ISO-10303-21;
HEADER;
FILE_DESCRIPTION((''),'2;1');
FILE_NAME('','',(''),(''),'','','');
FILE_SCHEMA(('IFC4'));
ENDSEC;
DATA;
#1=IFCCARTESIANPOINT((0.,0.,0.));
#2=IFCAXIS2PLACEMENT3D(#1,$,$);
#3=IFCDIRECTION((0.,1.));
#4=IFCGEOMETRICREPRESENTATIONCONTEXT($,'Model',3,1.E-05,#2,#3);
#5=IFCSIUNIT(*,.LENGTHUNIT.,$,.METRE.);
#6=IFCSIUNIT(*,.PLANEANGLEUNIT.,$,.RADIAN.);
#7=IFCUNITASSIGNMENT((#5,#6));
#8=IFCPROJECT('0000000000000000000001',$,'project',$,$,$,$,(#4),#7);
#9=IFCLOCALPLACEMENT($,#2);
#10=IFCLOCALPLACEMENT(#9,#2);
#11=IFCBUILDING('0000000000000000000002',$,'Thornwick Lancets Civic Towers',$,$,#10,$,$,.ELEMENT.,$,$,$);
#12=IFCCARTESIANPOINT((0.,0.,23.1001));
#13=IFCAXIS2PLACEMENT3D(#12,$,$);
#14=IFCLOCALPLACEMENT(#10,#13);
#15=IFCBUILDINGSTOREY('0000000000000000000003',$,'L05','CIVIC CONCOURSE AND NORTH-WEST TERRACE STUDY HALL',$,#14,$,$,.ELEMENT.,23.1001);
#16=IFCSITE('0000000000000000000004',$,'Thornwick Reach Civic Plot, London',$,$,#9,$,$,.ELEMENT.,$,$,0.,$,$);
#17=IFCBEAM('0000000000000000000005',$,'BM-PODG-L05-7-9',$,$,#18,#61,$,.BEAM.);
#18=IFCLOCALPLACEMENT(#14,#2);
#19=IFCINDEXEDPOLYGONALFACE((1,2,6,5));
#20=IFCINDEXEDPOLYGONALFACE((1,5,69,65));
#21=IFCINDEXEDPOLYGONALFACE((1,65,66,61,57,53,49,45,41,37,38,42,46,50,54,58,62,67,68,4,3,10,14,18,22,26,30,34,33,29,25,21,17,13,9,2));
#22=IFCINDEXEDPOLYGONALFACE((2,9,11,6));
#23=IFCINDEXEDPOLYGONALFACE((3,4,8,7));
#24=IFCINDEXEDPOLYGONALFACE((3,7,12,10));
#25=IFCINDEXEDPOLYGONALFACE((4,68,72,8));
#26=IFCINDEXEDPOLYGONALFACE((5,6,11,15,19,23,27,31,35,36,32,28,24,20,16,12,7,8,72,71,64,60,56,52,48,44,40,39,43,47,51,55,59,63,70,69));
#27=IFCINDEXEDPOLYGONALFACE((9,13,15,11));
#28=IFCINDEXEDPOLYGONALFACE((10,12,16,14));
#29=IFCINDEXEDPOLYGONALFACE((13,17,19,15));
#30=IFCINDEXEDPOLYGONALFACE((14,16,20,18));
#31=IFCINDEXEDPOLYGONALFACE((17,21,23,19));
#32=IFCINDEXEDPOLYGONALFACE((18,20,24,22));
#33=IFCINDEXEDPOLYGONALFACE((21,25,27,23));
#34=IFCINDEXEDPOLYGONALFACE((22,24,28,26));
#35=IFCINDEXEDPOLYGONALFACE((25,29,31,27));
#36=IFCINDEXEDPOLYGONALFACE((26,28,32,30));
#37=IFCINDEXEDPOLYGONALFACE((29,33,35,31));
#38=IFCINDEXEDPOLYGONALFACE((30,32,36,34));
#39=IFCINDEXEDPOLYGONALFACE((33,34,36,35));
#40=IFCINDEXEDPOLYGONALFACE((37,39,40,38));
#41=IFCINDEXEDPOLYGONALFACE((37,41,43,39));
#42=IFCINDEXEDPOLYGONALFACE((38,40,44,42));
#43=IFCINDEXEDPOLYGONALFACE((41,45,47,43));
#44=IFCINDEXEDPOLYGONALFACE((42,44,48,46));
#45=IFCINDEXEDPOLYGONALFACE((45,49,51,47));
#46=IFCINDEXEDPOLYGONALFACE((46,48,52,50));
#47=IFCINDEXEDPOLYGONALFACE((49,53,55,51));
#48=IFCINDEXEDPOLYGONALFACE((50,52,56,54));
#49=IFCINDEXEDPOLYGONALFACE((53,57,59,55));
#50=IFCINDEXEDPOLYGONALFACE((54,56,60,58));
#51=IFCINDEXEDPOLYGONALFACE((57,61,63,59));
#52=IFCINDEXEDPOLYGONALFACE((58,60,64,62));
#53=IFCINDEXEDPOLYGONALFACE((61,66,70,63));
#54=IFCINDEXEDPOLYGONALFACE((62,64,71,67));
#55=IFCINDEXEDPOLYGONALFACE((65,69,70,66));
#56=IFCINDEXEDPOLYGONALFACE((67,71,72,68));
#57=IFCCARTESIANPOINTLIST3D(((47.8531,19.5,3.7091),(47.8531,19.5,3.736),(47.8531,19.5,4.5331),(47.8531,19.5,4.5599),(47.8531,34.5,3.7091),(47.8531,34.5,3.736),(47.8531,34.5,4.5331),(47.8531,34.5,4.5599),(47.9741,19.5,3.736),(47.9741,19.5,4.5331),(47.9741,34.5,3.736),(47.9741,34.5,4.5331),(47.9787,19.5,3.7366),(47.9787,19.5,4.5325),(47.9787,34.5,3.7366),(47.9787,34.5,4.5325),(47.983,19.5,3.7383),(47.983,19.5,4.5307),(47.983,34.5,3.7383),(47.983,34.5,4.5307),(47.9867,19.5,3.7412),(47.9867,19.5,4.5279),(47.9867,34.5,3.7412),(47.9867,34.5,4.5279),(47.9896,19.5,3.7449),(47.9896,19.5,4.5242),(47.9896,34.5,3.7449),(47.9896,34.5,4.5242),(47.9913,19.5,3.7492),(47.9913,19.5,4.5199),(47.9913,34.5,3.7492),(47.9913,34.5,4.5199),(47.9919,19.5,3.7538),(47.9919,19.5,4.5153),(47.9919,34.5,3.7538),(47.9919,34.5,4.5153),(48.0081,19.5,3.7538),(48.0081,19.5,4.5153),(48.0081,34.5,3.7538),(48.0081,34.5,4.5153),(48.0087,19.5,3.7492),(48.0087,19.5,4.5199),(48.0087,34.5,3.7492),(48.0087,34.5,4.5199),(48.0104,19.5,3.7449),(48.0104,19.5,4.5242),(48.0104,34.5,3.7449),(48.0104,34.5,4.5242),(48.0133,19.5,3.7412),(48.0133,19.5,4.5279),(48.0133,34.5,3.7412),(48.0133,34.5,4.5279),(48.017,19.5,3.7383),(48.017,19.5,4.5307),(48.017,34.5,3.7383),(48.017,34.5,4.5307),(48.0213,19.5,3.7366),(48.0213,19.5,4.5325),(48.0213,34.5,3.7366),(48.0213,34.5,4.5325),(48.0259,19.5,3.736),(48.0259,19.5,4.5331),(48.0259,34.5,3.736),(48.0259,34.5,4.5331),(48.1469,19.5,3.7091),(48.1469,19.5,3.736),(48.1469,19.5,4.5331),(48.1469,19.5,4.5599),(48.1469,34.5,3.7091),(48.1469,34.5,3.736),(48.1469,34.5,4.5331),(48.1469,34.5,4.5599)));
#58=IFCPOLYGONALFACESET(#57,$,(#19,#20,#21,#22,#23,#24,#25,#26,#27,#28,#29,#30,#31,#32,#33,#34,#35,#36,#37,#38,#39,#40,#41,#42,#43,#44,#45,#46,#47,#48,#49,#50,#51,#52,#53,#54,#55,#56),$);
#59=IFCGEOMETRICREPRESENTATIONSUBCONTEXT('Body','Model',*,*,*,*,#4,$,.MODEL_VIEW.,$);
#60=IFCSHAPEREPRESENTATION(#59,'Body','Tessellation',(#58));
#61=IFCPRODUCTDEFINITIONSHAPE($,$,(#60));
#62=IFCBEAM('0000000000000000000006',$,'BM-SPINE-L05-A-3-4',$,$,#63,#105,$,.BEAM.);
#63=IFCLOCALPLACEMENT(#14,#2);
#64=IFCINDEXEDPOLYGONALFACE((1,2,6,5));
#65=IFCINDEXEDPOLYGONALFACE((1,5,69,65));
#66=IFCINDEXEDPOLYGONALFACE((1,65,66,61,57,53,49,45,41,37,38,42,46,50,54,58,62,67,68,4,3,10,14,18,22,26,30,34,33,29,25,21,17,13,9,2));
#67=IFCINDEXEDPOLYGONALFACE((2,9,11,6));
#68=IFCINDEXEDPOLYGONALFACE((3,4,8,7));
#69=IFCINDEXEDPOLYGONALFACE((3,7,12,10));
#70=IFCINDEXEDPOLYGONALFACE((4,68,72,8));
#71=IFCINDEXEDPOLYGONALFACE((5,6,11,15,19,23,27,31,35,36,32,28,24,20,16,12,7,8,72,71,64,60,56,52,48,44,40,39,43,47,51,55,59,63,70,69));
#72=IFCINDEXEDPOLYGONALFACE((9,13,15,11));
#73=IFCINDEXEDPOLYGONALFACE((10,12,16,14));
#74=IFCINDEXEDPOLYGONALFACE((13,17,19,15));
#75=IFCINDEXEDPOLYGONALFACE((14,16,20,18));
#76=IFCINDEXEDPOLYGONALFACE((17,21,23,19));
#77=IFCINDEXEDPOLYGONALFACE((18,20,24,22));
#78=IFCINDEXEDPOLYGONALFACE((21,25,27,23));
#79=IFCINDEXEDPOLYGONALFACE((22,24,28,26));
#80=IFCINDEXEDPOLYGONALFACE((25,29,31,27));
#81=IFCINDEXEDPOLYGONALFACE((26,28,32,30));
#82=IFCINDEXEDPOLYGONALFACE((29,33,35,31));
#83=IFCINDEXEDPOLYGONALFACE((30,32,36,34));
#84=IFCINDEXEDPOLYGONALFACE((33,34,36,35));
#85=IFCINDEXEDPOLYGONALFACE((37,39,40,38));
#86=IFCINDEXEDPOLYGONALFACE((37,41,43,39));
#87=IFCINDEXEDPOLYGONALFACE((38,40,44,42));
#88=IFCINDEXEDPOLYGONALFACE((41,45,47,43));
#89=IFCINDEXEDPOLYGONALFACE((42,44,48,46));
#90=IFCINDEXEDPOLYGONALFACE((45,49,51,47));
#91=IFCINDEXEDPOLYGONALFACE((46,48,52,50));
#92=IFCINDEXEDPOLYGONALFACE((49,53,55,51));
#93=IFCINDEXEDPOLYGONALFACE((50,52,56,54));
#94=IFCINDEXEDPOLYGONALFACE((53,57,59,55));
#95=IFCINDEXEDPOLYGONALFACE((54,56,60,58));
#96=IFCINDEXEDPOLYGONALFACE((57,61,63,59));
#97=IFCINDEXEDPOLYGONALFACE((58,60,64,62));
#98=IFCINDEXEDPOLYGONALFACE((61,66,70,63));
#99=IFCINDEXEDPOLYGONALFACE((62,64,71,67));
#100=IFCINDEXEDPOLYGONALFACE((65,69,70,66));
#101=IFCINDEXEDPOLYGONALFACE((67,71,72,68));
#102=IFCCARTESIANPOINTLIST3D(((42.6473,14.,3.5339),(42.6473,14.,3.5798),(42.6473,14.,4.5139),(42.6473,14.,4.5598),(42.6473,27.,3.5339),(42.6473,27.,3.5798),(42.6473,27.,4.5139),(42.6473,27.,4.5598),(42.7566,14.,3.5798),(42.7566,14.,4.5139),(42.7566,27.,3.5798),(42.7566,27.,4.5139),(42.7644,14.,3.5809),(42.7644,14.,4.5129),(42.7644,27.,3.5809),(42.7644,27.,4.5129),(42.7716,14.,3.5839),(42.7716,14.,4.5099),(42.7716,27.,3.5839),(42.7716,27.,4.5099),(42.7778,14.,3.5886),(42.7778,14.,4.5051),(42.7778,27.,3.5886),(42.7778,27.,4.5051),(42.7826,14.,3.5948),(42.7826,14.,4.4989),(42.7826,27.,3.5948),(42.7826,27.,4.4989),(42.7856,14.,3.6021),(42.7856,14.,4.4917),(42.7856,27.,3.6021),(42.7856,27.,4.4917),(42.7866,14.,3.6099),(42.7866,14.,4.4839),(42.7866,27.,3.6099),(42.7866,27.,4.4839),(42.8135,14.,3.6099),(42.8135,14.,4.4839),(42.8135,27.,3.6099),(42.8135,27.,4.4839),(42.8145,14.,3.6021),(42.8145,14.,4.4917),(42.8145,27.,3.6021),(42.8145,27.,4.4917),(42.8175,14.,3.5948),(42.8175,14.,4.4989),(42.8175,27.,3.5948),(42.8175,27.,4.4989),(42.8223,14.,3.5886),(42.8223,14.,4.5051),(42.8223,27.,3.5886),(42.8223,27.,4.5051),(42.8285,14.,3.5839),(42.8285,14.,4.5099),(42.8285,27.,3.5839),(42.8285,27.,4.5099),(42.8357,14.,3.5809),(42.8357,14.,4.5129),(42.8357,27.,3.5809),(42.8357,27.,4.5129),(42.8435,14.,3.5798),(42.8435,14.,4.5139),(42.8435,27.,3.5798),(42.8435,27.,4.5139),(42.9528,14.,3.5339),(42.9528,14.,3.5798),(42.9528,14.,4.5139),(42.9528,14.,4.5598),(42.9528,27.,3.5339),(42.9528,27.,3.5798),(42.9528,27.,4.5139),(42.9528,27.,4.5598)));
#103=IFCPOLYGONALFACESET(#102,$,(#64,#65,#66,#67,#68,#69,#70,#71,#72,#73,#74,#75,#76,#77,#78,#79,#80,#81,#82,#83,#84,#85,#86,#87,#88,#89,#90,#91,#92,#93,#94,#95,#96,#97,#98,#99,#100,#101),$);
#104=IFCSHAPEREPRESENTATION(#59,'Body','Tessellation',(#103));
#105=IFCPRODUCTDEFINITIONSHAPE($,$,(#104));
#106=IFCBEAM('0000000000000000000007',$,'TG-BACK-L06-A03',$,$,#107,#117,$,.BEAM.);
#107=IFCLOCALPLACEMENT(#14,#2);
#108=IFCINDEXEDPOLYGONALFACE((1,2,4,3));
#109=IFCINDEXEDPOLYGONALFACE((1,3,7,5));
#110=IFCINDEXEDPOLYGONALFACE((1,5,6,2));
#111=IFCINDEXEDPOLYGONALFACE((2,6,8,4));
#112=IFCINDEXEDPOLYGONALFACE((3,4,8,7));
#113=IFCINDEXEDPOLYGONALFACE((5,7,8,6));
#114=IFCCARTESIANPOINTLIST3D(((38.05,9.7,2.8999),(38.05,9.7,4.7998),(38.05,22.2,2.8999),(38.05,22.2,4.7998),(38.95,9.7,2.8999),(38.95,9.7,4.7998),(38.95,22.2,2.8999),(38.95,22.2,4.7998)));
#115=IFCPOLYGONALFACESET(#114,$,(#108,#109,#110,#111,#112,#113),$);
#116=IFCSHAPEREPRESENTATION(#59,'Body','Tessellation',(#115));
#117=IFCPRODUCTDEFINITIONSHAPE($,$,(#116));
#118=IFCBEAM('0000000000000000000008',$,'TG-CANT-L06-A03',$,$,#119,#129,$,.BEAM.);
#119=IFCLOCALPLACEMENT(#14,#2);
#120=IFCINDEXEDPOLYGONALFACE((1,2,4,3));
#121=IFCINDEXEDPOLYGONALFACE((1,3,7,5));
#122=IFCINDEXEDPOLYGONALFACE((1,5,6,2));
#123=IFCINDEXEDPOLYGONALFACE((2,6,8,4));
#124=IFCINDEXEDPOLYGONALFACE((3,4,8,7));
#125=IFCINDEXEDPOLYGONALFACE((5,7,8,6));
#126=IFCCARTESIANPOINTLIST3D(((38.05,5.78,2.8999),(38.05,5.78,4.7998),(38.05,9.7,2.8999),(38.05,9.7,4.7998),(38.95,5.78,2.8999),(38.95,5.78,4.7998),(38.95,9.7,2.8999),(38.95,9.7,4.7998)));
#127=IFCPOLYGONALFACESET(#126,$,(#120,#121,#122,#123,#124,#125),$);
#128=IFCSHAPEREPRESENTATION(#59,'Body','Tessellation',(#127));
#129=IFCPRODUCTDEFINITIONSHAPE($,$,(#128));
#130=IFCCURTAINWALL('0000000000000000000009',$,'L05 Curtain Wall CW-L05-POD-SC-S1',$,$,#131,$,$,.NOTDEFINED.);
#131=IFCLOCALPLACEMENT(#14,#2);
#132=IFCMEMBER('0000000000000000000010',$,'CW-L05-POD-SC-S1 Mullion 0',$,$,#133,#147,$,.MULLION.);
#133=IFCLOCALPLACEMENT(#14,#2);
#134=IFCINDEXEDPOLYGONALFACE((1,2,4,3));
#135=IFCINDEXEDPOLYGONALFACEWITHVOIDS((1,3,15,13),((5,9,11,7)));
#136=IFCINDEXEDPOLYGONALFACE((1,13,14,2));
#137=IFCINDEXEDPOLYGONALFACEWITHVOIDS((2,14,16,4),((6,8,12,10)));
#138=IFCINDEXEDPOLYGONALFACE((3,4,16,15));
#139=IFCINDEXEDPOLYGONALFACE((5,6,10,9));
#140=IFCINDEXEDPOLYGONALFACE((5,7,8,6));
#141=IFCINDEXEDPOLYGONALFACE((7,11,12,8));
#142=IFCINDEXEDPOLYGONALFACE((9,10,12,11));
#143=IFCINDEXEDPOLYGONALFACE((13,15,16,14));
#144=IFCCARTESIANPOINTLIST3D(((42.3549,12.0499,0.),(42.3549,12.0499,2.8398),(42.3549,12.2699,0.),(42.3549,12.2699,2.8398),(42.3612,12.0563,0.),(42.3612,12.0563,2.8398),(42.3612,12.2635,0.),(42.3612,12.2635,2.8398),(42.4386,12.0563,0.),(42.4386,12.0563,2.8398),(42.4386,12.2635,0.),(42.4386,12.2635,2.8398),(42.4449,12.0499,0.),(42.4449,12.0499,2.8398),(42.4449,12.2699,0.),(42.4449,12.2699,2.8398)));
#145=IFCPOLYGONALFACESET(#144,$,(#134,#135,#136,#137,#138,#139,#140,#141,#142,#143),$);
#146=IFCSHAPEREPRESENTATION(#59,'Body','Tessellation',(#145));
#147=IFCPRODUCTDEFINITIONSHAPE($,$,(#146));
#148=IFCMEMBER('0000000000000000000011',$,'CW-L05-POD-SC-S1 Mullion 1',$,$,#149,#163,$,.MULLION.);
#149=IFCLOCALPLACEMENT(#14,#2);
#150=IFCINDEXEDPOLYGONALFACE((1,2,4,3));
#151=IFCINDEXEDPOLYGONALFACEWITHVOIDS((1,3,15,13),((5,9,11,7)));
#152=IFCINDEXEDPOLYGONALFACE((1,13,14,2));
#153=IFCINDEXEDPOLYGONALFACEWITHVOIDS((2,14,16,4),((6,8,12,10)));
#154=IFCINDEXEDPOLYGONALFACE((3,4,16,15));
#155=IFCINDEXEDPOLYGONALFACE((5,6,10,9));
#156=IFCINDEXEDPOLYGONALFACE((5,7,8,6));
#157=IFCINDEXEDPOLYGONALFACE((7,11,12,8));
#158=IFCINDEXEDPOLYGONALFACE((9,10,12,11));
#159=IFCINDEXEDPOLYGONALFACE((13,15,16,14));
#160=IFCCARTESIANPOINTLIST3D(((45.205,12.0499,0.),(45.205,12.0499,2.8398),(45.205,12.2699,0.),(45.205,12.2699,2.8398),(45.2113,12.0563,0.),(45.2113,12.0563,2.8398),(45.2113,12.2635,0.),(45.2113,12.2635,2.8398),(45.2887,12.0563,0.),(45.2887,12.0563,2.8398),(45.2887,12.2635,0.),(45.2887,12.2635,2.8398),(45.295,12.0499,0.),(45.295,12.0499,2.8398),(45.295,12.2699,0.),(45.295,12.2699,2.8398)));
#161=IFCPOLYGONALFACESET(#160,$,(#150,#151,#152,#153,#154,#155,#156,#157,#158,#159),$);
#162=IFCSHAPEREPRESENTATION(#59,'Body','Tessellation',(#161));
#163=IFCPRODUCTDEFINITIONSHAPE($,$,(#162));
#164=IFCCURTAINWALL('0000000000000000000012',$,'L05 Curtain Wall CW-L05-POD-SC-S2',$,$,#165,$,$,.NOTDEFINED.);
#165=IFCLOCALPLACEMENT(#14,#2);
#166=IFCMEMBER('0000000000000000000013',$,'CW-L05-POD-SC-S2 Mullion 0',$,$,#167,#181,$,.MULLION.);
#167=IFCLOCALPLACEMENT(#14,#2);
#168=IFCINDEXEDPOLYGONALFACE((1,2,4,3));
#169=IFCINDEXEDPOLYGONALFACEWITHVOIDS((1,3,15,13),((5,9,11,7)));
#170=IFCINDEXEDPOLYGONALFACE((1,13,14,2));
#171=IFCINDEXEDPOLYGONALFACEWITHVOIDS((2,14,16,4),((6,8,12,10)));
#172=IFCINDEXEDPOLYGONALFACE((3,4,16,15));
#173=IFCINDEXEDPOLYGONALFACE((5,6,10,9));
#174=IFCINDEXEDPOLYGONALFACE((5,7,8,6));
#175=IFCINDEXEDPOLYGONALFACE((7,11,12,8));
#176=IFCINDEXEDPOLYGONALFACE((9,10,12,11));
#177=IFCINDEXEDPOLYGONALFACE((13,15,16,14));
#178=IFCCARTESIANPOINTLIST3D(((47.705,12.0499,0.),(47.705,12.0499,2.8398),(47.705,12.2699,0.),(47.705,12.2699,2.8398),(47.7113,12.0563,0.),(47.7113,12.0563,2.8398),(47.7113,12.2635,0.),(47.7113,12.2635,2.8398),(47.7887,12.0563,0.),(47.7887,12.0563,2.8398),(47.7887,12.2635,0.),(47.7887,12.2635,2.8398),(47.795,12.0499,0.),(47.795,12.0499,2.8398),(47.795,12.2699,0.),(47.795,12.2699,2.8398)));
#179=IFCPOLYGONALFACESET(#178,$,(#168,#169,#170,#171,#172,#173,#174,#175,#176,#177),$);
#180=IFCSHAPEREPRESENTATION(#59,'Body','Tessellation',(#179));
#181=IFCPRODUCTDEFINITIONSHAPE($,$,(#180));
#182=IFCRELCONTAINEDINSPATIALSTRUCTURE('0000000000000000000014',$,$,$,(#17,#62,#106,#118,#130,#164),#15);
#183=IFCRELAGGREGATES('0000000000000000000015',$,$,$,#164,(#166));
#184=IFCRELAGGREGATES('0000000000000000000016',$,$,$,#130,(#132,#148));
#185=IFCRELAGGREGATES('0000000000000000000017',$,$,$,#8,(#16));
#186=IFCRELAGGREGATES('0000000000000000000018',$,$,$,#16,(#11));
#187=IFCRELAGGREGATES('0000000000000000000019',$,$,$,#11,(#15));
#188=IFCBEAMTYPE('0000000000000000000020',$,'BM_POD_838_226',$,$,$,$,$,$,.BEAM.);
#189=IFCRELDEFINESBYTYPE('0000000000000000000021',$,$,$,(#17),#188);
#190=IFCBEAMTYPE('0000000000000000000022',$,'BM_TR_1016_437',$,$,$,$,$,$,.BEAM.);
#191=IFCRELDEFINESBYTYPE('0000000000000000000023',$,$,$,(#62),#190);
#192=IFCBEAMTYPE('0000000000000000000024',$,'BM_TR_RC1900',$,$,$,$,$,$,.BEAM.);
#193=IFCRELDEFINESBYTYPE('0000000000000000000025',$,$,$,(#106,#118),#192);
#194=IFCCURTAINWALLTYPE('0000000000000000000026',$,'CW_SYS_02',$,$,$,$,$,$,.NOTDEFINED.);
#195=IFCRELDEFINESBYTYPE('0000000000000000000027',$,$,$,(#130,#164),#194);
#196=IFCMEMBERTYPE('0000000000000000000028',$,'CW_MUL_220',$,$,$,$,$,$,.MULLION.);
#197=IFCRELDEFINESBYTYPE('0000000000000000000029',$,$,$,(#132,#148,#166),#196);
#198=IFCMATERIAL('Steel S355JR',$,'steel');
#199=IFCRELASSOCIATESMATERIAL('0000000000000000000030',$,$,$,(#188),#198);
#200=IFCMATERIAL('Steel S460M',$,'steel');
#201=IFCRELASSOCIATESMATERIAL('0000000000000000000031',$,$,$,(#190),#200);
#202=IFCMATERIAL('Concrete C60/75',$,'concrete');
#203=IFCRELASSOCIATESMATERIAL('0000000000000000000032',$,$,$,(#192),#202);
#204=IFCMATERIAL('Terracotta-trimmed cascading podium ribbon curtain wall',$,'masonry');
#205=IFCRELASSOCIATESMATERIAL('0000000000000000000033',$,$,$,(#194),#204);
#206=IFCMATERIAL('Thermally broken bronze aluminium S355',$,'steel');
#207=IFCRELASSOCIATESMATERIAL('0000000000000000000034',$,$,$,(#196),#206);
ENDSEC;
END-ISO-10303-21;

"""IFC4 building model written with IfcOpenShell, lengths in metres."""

from ifc_helpers import new_model, si_unit, direction, frame, origin, origin_2d, place, context, subcontext, project, spatial, rectangle, hollow_rectangle, i_section, extrude, material, material_profile, profile_set, type_object, element, aggregate, save


model = new_model("IFC4")

# Units and contexts
model_context = context("Model", 3, precision=1e-05, world=origin(), true_north=direction((0.0, 1.0)))
body_context = subcontext(model_context, "Body", "Model", "MODEL_VIEW")
ifc_project = project(units=[si_unit("LENGTHUNIT", "METRE"), si_unit("PLANEANGLEUNIT", "RADIAN")], contexts=[model_context])

# Site, building, storey
site_placement = place(None, origin())
site = spatial("IfcSite", under=ifc_project, at=site_placement, Name="Thornwick Reach Civic Plot, London", CompositionType="ELEMENT", RefElevation=0.0)
building_placement = place(site_placement, origin())
building = spatial("IfcBuilding", under=site, at=building_placement, Name="Thornwick Lancets Civic Towers", CompositionType="ELEMENT")
storey_placement = place(building_placement, frame((0.0, 0.0, 23.1001)))
storey = spatial("IfcBuildingStorey", under=building, at=storey_placement, Name="L05", Description="CIVIC CONCOURSE AND NORTH-WEST TERRACE STUDY HALL", CompositionType="ELEMENT", Elevation=23.1001)

# Shared definitions
ifc_material_1 = material(Name="Concrete C60/75", Category="concrete")

# Beams
ifc_material_2 = material(Name="Steel S355JR", Category="steel")
ifc_material_profile_1 = material_profile(ifc_material_2, i_section(OverallWidth=0.2937, OverallDepth=0.8508, WebThickness=0.0161, FlangeThickness=0.0269, FilletRadius=0.0178, at=origin_2d()), Name="UKB 838x292x226")
ifc_profile_set_1 = profile_set([ifc_material_profile_1], Name="Steel S355JR")
beam_type_1 = type_object("IfcBeamType", Name="BM_POD_838_226", PredefinedType="BEAM", material=ifc_profile_set_1)
beam_1_placement = place(storey_placement, frame((48.0, 19.5, 4.1345), z_axis=(0.0, 1.0, 0.0), x_axis=(-1.0, 0.0, 0.0)))
element("IfcBeam", 1, at=beam_1_placement, inside=storey, type_object=beam_type_1, Name="BM-PODG-L05-7-9", PredefinedType="BEAM", context=body_context, shape_type="SweptSolid", body=[
    extrude(i_section(OverallWidth=0.2937, OverallDepth=0.8508, WebThickness=0.0161, FlangeThickness=0.0269, FilletRadius=0.0178, at=origin_2d()), origin(), (0.0, 0.0, 1.0), 15.0),
])
ifc_material_3 = material(Name="Steel S460M", Category="steel")
ifc_material_profile_2 = material_profile(ifc_material_3, i_section(OverallWidth=0.3054, OverallDepth=1.0259, WebThickness=0.0269, FlangeThickness=0.0459, FilletRadius=0.03, at=origin_2d()), Name="UKB 1016x305x437")
ifc_profile_set_2 = profile_set([ifc_material_profile_2], Name="Steel S460M")
beam_type_2 = type_object("IfcBeamType", Name="BM_TR_1016_437", PredefinedType="BEAM", material=ifc_profile_set_2)
beam_2_placement = place(storey_placement, frame((42.8, 14.0, 4.0469), z_axis=(0.0, 1.0, 0.0), x_axis=(-1.0, 0.0, 0.0)))
element("IfcBeam", 2, at=beam_2_placement, inside=storey, type_object=beam_type_2, Name="BM-SPINE-L05-A-3-4", PredefinedType="BEAM", context=body_context, shape_type="SweptSolid", body=[
    extrude(i_section(OverallWidth=0.3054, OverallDepth=1.0259, WebThickness=0.0269, FlangeThickness=0.0459, FilletRadius=0.03, at=origin_2d()), origin(), (0.0, 0.0, 1.0), 13.0),
])
ifc_material_profile_3 = material_profile(ifc_material_1, rectangle(XDim=0.8999, YDim=1.8999, at=origin_2d()), Name="RC 900x1900")
ifc_profile_set_3 = profile_set([ifc_material_profile_3], Name="Concrete C60/75")
beam_type_3 = type_object("IfcBeamType", Name="BM_TR_RC1900", PredefinedType="BEAM", material=ifc_profile_set_3)
beam_3_placement = place(storey_placement, frame((38.5, 22.2, 3.8499), z_axis=(0.0, -1.0, 0.0), x_axis=(1.0, 0.0, 0.0)))
element("IfcBeam", 3, at=beam_3_placement, inside=storey, type_object=beam_type_3, Name="TG-BACK-L06-A03", PredefinedType="BEAM", context=body_context, shape_type="SweptSolid", body=[
    extrude(rectangle(XDim=0.8999, YDim=1.8999, at=origin_2d()), origin(), (0.0, 0.0, 1.0), 12.5),
])
beam_4_placement = place(storey_placement, frame((38.5, 9.7, 3.8499), z_axis=(0.0, -1.0, 0.0), x_axis=(1.0, 0.0, 0.0)))
element("IfcBeam", 4, at=beam_4_placement, inside=storey, type_object=beam_type_3, Name="TG-CANT-L06-A03", PredefinedType="BEAM", context=body_context, shape_type="SweptSolid", body=[
    extrude(rectangle(XDim=0.8999, YDim=1.8999, at=origin_2d()), origin(), (0.0, 0.0, 1.0), 3.9199),
])

# Curtain wall, members
ifc_material_4 = material(Name="Terracotta-trimmed cascading podium ribbon curtain wall", Category="masonry")
curtain_wall_type = type_object("IfcCurtainWallType", Name="CW_SYS_02", PredefinedType="NOTDEFINED", material=ifc_material_4)
curtain_wall_1_placement = place(storey_placement, origin())
curtain_wall_1 = element("IfcCurtainWall", 5, at=curtain_wall_1_placement, inside=storey, type_object=curtain_wall_type, Name="L05 Curtain Wall CW-L05-POD-SC-S1", PredefinedType="NOTDEFINED")
ifc_material_5 = material(Name="Thermally broken bronze aluminium S355", Category="steel")
ifc_material_profile_4 = material_profile(ifc_material_5, hollow_rectangle(XDim=0.0901, YDim=0.22, WallThickness=0.0063, at=origin_2d()), Name="RHS 220x90x6.3")
ifc_profile_set_4 = profile_set([ifc_material_profile_4], Name="Thermally broken bronze aluminium S355")
member_type_1 = type_object("IfcMemberType", Name="CW_MUL_220", PredefinedType="MULLION", material=ifc_profile_set_4)
member_1_placement = place(storey_placement, frame((42.3999, 12.1599, 0.0), z_axis=(0.0, 0.0, 1.0), x_axis=(1.0, 0.0, 0.0)))
member_1 = element("IfcMember", 6, at=member_1_placement, type_object=member_type_1, Name="CW-L05-POD-SC-S1 Mullion 0", PredefinedType="MULLION", context=body_context, shape_type="SweptSolid", body=[
    extrude(hollow_rectangle(XDim=0.0901, YDim=0.22, WallThickness=0.0063, at=origin_2d()), origin(), (0.0, 0.0, 1.0), 2.8398),
])
member_2_placement = place(storey_placement, frame((45.25, 12.1599, 0.0), z_axis=(0.0, 0.0, 1.0), x_axis=(1.0, 0.0, 0.0)))
member_2 = element("IfcMember", 7, at=member_2_placement, type_object=member_type_1, Name="CW-L05-POD-SC-S1 Mullion 1", PredefinedType="MULLION", context=body_context, shape_type="SweptSolid", body=[
    extrude(hollow_rectangle(XDim=0.0901, YDim=0.22, WallThickness=0.0063, at=origin_2d()), origin(), (0.0, 0.0, 1.0), 2.8398),
])

# Curtain wall, member
curtain_wall_2_placement = place(storey_placement, origin())
curtain_wall_2 = element("IfcCurtainWall", 8, at=curtain_wall_2_placement, inside=storey, type_object=curtain_wall_type, Name="L05 Curtain Wall CW-L05-POD-SC-S2", PredefinedType="NOTDEFINED")
member_3_placement = place(storey_placement, frame((47.75, 12.1599, 0.0), z_axis=(0.0, 0.0, 1.0), x_axis=(1.0, 0.0, 0.0)))
member_3 = element("IfcMember", 9, at=member_3_placement, type_object=member_type_1, Name="CW-L05-POD-SC-S2 Mullion 0", PredefinedType="MULLION", context=body_context, shape_type="SweptSolid", body=[
    extrude(hollow_rectangle(XDim=0.0901, YDim=0.22, WallThickness=0.0063, at=origin_2d()), origin(), (0.0, 0.0, 1.0), 2.8398),
])

aggregate(curtain_wall_2, [member_3])

aggregate(curtain_wall_1, [member_1, member_2])

save(model, "model.ifc")
